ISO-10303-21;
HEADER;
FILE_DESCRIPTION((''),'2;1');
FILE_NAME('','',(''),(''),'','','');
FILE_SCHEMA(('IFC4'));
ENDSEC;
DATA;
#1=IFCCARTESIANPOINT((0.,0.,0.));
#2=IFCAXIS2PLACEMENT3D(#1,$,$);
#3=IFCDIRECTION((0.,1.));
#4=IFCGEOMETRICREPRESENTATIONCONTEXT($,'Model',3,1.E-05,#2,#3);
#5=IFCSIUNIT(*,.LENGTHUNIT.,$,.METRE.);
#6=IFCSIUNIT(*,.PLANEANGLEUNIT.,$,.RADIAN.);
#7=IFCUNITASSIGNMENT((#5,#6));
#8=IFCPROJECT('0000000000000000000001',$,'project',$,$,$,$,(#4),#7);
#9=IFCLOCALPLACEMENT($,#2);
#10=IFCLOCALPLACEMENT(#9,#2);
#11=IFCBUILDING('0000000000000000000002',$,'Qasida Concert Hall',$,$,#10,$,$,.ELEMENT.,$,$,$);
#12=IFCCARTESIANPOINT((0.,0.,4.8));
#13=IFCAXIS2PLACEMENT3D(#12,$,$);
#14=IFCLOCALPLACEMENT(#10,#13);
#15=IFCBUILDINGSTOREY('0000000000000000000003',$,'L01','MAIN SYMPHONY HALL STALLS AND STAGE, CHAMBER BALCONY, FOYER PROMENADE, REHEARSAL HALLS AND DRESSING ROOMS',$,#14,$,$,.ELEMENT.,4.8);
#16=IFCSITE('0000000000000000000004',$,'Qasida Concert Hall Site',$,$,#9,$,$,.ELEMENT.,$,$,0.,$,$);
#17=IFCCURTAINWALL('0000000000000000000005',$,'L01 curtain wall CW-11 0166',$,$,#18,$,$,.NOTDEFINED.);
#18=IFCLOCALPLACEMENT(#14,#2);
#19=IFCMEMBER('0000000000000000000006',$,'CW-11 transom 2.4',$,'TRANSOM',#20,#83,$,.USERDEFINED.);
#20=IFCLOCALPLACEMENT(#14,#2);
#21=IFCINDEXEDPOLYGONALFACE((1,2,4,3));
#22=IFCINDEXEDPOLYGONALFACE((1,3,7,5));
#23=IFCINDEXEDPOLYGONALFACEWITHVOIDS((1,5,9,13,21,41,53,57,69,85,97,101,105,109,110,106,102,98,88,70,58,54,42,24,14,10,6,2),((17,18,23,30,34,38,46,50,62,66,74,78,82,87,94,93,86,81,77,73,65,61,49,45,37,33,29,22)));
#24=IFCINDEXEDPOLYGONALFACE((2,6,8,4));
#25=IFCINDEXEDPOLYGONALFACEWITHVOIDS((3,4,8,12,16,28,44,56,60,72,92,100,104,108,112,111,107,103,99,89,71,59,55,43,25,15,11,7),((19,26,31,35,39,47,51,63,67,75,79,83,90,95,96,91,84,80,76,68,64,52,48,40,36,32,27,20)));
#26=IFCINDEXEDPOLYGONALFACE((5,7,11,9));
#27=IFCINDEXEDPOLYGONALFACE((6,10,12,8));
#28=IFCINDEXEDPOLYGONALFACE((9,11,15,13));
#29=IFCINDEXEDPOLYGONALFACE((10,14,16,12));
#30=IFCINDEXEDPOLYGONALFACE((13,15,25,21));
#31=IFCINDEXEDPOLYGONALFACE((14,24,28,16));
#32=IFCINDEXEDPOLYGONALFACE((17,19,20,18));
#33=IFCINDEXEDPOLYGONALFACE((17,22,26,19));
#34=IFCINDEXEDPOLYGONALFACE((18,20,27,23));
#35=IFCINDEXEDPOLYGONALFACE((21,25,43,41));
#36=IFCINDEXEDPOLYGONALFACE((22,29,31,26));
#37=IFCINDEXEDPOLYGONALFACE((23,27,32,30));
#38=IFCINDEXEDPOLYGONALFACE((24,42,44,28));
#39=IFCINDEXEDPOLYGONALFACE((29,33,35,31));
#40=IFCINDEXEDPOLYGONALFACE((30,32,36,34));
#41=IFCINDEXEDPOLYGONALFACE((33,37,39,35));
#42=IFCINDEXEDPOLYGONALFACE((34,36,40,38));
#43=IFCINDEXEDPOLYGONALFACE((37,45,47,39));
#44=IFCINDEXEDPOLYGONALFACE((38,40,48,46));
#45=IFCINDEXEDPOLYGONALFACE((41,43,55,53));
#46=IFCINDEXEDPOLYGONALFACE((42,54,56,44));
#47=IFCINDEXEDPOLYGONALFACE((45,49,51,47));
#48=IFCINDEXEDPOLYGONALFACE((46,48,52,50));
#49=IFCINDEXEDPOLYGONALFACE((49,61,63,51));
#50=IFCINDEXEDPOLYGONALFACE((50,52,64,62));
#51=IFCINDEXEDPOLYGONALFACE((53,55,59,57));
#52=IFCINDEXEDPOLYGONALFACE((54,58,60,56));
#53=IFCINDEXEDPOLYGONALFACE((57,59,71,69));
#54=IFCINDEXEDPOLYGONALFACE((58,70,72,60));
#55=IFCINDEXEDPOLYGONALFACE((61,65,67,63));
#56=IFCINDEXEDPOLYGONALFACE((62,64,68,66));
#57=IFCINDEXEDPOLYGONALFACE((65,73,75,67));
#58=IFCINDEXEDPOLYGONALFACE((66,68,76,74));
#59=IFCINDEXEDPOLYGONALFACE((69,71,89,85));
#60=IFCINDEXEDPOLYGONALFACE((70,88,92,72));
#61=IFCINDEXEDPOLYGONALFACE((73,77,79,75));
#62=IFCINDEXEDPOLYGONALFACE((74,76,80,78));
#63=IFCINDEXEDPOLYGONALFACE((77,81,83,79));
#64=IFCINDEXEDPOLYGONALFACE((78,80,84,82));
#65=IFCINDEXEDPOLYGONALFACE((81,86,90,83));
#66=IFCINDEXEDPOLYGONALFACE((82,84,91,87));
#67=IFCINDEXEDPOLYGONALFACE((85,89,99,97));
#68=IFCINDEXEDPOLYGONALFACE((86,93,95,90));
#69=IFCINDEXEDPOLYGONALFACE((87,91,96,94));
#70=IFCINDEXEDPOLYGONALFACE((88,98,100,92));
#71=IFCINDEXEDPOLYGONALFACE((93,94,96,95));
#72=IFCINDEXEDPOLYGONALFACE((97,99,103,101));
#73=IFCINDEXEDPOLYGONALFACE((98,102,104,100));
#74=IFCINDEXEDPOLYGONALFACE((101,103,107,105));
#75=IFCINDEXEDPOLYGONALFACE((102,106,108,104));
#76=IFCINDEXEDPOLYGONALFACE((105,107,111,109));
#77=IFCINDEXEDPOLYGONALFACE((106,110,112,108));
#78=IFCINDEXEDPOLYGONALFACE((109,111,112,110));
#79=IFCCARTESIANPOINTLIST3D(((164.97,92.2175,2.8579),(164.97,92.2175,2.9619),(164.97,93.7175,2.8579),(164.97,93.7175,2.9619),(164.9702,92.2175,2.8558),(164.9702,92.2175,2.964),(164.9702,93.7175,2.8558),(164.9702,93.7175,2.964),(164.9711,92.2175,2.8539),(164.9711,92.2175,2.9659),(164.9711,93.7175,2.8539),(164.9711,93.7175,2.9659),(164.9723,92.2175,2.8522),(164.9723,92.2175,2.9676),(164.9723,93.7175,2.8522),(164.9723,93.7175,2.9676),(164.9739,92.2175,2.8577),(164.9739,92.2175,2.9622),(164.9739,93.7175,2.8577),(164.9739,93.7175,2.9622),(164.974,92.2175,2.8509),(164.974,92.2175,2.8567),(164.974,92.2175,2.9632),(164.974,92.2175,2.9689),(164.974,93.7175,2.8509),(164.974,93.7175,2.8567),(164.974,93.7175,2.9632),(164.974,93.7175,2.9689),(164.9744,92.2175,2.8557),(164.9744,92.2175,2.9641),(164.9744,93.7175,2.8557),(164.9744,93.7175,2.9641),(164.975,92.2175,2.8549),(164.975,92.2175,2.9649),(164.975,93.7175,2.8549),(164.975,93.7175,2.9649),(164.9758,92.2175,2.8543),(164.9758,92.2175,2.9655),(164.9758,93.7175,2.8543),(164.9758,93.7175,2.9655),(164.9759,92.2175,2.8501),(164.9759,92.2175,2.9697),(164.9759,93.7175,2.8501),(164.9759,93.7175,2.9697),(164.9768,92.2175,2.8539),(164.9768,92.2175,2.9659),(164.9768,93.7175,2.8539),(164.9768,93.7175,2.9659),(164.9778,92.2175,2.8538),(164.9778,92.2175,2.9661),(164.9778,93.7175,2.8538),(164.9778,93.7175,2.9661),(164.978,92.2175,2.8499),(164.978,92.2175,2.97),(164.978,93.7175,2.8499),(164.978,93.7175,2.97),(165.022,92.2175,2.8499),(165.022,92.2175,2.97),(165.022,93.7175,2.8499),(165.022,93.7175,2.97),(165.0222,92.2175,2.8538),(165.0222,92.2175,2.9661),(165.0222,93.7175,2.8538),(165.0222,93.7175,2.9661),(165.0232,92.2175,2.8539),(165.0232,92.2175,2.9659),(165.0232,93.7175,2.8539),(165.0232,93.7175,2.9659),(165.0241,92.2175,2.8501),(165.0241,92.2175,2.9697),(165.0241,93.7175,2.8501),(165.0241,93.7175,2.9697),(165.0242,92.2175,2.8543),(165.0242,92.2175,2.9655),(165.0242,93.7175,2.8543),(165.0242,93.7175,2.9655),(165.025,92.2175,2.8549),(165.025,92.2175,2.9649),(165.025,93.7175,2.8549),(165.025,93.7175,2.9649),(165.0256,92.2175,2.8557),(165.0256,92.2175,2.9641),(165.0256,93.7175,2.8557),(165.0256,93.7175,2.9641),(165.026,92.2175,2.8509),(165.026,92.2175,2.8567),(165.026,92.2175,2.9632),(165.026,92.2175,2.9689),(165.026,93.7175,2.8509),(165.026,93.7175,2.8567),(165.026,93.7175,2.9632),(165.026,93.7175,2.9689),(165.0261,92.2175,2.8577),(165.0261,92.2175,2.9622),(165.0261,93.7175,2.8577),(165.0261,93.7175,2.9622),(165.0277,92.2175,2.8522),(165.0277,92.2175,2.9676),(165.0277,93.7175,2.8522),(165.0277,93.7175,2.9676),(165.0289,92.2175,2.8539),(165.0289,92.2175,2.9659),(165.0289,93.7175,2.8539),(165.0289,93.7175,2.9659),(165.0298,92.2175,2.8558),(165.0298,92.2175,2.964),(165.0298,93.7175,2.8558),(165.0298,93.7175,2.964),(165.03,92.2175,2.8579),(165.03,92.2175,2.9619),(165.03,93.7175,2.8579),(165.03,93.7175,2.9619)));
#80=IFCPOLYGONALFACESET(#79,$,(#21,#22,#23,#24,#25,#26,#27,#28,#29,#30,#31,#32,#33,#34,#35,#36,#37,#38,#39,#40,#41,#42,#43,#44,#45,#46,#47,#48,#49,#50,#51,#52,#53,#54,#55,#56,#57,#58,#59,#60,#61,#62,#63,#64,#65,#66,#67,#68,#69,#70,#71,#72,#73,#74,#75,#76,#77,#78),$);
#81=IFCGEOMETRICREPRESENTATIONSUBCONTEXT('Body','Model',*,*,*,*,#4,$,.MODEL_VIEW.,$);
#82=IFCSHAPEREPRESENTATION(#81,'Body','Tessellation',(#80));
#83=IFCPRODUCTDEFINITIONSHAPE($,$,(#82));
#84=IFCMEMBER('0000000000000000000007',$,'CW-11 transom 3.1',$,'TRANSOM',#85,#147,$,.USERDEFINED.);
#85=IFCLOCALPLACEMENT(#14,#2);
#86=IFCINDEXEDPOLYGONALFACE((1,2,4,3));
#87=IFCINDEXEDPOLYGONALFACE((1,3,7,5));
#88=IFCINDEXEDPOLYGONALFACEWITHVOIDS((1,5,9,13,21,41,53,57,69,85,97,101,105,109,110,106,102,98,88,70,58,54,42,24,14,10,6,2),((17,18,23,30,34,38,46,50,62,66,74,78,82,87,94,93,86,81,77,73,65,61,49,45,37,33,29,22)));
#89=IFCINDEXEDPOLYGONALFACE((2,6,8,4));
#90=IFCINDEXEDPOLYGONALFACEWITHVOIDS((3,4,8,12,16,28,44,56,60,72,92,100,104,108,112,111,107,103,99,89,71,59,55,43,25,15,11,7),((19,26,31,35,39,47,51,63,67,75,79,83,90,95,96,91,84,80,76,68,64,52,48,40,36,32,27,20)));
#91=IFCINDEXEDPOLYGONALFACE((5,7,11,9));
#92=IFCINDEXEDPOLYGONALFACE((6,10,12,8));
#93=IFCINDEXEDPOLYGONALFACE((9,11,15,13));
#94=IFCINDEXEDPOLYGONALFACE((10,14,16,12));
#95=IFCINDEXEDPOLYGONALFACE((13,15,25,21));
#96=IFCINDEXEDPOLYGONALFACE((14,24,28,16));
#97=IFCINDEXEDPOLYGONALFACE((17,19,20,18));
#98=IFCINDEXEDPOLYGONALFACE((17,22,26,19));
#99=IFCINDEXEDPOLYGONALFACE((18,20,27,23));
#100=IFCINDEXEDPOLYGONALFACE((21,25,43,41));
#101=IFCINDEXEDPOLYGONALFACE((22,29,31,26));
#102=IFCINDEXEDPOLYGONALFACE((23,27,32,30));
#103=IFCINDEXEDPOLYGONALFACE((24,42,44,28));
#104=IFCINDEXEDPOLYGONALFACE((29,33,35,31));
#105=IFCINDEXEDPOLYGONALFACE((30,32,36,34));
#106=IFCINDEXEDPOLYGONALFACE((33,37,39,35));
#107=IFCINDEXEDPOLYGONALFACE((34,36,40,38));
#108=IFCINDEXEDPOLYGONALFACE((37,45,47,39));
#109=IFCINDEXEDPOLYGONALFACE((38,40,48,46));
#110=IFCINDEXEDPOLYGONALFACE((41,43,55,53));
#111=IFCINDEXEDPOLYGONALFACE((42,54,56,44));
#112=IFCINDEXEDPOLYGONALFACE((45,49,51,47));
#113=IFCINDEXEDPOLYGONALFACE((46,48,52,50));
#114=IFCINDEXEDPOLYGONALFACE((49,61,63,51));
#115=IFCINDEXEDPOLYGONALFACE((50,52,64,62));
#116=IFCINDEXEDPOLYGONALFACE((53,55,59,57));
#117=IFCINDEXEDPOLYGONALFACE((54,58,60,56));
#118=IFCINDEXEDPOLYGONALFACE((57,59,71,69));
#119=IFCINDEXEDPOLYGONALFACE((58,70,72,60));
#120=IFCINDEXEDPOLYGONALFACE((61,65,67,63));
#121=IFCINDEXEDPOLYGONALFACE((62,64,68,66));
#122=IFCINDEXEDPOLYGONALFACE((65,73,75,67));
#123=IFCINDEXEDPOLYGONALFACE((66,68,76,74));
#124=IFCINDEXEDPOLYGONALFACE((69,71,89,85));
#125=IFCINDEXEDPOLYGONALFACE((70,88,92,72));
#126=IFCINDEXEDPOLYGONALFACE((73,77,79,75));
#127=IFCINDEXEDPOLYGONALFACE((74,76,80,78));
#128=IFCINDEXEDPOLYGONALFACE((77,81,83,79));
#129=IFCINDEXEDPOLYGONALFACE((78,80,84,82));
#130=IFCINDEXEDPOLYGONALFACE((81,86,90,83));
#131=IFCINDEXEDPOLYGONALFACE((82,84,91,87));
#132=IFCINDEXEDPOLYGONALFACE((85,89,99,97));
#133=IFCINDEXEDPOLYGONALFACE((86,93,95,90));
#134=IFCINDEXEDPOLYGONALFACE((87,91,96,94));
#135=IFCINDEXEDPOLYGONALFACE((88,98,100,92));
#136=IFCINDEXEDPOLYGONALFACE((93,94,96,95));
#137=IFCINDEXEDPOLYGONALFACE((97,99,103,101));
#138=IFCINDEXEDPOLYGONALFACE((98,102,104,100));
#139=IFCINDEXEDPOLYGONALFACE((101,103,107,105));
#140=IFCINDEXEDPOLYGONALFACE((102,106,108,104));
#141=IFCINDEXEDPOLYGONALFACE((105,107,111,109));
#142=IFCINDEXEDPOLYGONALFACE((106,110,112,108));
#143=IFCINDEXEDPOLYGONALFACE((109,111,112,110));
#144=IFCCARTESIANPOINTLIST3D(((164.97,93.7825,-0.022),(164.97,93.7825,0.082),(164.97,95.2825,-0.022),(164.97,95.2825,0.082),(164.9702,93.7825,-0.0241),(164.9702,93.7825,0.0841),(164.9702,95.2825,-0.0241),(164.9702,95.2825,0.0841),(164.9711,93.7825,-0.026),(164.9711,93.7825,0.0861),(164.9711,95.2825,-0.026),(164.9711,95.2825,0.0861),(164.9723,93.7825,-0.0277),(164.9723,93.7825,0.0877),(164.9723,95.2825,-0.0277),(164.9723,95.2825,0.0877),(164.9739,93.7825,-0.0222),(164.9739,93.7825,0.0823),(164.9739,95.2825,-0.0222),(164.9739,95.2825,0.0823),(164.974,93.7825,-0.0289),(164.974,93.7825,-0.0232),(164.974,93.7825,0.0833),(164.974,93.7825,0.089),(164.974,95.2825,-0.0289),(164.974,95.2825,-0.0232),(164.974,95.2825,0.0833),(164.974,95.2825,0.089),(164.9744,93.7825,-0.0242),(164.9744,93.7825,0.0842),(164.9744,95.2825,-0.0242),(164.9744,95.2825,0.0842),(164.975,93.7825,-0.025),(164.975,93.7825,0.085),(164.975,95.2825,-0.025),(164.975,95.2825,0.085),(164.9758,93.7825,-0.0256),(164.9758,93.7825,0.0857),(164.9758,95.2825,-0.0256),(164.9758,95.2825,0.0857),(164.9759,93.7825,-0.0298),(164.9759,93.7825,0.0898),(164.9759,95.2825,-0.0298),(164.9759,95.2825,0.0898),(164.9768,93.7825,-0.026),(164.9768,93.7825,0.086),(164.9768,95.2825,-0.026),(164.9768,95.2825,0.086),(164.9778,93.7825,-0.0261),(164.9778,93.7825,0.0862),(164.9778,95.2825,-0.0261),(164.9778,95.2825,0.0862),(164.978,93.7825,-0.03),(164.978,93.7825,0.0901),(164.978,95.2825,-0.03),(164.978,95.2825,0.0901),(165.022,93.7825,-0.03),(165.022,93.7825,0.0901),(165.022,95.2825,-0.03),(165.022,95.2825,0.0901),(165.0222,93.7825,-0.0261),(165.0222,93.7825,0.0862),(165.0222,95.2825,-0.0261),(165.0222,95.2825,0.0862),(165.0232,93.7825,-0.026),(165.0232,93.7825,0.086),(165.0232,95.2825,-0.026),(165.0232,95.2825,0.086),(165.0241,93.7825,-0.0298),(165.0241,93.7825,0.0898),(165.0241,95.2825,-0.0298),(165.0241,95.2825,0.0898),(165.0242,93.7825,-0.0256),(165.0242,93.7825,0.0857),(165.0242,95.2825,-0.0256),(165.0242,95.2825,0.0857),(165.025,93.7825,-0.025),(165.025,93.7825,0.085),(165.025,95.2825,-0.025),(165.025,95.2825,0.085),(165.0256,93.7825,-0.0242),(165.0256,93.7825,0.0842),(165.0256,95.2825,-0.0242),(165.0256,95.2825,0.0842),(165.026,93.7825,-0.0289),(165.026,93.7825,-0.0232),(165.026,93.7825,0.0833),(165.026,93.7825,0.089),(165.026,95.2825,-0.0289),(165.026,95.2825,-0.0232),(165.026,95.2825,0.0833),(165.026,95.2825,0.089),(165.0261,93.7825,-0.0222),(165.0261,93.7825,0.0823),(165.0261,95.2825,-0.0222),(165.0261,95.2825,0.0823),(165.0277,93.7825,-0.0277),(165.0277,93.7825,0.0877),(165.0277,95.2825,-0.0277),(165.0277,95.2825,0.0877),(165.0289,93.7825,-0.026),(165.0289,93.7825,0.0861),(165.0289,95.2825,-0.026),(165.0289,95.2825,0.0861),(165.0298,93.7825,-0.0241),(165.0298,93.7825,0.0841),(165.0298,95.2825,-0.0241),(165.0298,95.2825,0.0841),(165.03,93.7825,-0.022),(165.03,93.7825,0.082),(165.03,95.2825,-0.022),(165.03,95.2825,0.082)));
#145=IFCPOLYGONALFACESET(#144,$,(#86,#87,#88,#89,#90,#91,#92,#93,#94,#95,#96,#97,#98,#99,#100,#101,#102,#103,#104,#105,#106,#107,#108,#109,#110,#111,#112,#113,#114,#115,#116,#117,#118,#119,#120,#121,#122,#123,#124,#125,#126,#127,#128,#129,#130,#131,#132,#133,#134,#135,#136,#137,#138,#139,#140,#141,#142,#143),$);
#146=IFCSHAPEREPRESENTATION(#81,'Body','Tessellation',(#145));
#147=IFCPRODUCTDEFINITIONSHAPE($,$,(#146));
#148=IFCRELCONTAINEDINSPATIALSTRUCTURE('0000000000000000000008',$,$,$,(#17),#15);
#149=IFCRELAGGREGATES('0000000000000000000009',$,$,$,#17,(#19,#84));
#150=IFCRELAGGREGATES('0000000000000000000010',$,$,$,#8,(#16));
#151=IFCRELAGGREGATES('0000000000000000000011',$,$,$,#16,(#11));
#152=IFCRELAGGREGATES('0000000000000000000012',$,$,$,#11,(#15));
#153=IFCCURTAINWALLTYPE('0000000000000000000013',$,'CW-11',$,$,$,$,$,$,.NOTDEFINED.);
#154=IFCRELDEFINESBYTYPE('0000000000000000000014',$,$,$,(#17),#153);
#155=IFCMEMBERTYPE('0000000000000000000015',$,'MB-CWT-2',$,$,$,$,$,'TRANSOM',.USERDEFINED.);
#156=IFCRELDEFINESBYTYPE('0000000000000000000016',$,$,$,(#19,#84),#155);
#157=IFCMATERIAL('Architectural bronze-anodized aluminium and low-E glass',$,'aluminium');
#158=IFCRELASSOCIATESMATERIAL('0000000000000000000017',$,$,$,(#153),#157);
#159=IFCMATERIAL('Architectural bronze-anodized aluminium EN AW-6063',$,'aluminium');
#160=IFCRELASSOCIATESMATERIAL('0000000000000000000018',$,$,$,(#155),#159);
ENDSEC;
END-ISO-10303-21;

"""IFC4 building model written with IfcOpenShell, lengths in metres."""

from ifc_helpers import new_model, si_unit, direction, frame, origin, origin_2d, place, context, subcontext, project, spatial, hollow_rectangle, extrude, material, material_profile, profile_set, type_object, element, aggregate, save


model = new_model("IFC4")

# Units and contexts
model_context = context("Model", 3, precision=1e-05, world=origin(), true_north=direction((0.0, 1.0)))
body_context = subcontext(model_context, "Body", "Model", "MODEL_VIEW")
ifc_project = project(units=[si_unit("LENGTHUNIT", "METRE"), si_unit("PLANEANGLEUNIT", "RADIAN")], contexts=[model_context])

# Site, building, storey
site_placement = place(None, origin())
site = spatial("IfcSite", under=ifc_project, at=site_placement, Name="Qasida Concert Hall Site", CompositionType="ELEMENT", RefElevation=0.0)
building_placement = place(site_placement, origin())
building = spatial("IfcBuilding", under=site, at=building_placement, Name="Qasida Concert Hall", CompositionType="ELEMENT")
storey_placement = place(building_placement, frame((0.0, 0.0, 4.8)))
storey = spatial("IfcBuildingStorey", under=building, at=storey_placement, Name="L01", Description="MAIN SYMPHONY HALL STALLS AND STAGE, CHAMBER BALCONY, FOYER PROMENADE, REHEARSAL HALLS AND DRESSING ROOMS", CompositionType="ELEMENT", Elevation=4.8)

# Curtain wall, members
ifc_material_1 = material(Name="Architectural bronze-anodized aluminium and low-E glass", Category="aluminium")
curtain_wall_type = type_object("IfcCurtainWallType", Name="CW-11", PredefinedType="NOTDEFINED", material=ifc_material_1)
curtain_wall_placement = place(storey_placement, origin())
curtain_wall = element("IfcCurtainWall", 1, at=curtain_wall_placement, inside=storey, type_object=curtain_wall_type, Name="L01 curtain wall CW-11 0166", PredefinedType="NOTDEFINED")
ifc_material_2 = material(Name="Architectural bronze-anodized aluminium EN AW-6063", Category="aluminium")
ifc_material_profile_1 = material_profile(ifc_material_2, hollow_rectangle(XDim=0.0601, YDim=0.1201, WallThickness=0.0039, InnerFilletRadius=0.0039, OuterFilletRadius=0.0081, at=origin_2d()), Name="CWT 120x60x4")
ifc_profile_set_1 = profile_set([ifc_material_profile_1], Name="Architectural bronze-anodized aluminium EN AW-6063")
member_type_1 = type_object("IfcMemberType", Name="MB-CWT-2", ElementType="TRANSOM", PredefinedType="USERDEFINED", material=ifc_profile_set_1)
member_1_placement = place(storey_placement, frame((165.0, 92.2175, 2.9099), z_axis=(0.0, 1.0, 0.0), x_axis=(-1.0, 0.0, 0.0)))
member_1 = element("IfcMember", 2, at=member_1_placement, type_object=member_type_1, Name="CW-11 transom 2.4", ObjectType="TRANSOM", PredefinedType="USERDEFINED", context=body_context, shape_type="SweptSolid", body=[
    extrude(hollow_rectangle(XDim=0.0601, YDim=0.1201, WallThickness=0.0039, InnerFilletRadius=0.0039, OuterFilletRadius=0.0081, at=origin_2d()), origin(), (0.0, 0.0, 1.0), 1.5),
])
member_2_placement = place(storey_placement, frame((165.0, 93.7825, 0.03), z_axis=(0.0, 1.0, 0.0), x_axis=(-1.0, 0.0, 0.0)))
member_2 = element("IfcMember", 3, at=member_2_placement, type_object=member_type_1, Name="CW-11 transom 3.1", ObjectType="TRANSOM", PredefinedType="USERDEFINED", context=body_context, shape_type="SweptSolid", body=[
    extrude(hollow_rectangle(XDim=0.0601, YDim=0.1201, WallThickness=0.0039, InnerFilletRadius=0.0039, OuterFilletRadius=0.0081, at=origin_2d()), origin(), (0.0, 0.0, 1.0), 1.5),
])
aggregate(curtain_wall, [member_1, member_2])

save(model, "model.ifc")
